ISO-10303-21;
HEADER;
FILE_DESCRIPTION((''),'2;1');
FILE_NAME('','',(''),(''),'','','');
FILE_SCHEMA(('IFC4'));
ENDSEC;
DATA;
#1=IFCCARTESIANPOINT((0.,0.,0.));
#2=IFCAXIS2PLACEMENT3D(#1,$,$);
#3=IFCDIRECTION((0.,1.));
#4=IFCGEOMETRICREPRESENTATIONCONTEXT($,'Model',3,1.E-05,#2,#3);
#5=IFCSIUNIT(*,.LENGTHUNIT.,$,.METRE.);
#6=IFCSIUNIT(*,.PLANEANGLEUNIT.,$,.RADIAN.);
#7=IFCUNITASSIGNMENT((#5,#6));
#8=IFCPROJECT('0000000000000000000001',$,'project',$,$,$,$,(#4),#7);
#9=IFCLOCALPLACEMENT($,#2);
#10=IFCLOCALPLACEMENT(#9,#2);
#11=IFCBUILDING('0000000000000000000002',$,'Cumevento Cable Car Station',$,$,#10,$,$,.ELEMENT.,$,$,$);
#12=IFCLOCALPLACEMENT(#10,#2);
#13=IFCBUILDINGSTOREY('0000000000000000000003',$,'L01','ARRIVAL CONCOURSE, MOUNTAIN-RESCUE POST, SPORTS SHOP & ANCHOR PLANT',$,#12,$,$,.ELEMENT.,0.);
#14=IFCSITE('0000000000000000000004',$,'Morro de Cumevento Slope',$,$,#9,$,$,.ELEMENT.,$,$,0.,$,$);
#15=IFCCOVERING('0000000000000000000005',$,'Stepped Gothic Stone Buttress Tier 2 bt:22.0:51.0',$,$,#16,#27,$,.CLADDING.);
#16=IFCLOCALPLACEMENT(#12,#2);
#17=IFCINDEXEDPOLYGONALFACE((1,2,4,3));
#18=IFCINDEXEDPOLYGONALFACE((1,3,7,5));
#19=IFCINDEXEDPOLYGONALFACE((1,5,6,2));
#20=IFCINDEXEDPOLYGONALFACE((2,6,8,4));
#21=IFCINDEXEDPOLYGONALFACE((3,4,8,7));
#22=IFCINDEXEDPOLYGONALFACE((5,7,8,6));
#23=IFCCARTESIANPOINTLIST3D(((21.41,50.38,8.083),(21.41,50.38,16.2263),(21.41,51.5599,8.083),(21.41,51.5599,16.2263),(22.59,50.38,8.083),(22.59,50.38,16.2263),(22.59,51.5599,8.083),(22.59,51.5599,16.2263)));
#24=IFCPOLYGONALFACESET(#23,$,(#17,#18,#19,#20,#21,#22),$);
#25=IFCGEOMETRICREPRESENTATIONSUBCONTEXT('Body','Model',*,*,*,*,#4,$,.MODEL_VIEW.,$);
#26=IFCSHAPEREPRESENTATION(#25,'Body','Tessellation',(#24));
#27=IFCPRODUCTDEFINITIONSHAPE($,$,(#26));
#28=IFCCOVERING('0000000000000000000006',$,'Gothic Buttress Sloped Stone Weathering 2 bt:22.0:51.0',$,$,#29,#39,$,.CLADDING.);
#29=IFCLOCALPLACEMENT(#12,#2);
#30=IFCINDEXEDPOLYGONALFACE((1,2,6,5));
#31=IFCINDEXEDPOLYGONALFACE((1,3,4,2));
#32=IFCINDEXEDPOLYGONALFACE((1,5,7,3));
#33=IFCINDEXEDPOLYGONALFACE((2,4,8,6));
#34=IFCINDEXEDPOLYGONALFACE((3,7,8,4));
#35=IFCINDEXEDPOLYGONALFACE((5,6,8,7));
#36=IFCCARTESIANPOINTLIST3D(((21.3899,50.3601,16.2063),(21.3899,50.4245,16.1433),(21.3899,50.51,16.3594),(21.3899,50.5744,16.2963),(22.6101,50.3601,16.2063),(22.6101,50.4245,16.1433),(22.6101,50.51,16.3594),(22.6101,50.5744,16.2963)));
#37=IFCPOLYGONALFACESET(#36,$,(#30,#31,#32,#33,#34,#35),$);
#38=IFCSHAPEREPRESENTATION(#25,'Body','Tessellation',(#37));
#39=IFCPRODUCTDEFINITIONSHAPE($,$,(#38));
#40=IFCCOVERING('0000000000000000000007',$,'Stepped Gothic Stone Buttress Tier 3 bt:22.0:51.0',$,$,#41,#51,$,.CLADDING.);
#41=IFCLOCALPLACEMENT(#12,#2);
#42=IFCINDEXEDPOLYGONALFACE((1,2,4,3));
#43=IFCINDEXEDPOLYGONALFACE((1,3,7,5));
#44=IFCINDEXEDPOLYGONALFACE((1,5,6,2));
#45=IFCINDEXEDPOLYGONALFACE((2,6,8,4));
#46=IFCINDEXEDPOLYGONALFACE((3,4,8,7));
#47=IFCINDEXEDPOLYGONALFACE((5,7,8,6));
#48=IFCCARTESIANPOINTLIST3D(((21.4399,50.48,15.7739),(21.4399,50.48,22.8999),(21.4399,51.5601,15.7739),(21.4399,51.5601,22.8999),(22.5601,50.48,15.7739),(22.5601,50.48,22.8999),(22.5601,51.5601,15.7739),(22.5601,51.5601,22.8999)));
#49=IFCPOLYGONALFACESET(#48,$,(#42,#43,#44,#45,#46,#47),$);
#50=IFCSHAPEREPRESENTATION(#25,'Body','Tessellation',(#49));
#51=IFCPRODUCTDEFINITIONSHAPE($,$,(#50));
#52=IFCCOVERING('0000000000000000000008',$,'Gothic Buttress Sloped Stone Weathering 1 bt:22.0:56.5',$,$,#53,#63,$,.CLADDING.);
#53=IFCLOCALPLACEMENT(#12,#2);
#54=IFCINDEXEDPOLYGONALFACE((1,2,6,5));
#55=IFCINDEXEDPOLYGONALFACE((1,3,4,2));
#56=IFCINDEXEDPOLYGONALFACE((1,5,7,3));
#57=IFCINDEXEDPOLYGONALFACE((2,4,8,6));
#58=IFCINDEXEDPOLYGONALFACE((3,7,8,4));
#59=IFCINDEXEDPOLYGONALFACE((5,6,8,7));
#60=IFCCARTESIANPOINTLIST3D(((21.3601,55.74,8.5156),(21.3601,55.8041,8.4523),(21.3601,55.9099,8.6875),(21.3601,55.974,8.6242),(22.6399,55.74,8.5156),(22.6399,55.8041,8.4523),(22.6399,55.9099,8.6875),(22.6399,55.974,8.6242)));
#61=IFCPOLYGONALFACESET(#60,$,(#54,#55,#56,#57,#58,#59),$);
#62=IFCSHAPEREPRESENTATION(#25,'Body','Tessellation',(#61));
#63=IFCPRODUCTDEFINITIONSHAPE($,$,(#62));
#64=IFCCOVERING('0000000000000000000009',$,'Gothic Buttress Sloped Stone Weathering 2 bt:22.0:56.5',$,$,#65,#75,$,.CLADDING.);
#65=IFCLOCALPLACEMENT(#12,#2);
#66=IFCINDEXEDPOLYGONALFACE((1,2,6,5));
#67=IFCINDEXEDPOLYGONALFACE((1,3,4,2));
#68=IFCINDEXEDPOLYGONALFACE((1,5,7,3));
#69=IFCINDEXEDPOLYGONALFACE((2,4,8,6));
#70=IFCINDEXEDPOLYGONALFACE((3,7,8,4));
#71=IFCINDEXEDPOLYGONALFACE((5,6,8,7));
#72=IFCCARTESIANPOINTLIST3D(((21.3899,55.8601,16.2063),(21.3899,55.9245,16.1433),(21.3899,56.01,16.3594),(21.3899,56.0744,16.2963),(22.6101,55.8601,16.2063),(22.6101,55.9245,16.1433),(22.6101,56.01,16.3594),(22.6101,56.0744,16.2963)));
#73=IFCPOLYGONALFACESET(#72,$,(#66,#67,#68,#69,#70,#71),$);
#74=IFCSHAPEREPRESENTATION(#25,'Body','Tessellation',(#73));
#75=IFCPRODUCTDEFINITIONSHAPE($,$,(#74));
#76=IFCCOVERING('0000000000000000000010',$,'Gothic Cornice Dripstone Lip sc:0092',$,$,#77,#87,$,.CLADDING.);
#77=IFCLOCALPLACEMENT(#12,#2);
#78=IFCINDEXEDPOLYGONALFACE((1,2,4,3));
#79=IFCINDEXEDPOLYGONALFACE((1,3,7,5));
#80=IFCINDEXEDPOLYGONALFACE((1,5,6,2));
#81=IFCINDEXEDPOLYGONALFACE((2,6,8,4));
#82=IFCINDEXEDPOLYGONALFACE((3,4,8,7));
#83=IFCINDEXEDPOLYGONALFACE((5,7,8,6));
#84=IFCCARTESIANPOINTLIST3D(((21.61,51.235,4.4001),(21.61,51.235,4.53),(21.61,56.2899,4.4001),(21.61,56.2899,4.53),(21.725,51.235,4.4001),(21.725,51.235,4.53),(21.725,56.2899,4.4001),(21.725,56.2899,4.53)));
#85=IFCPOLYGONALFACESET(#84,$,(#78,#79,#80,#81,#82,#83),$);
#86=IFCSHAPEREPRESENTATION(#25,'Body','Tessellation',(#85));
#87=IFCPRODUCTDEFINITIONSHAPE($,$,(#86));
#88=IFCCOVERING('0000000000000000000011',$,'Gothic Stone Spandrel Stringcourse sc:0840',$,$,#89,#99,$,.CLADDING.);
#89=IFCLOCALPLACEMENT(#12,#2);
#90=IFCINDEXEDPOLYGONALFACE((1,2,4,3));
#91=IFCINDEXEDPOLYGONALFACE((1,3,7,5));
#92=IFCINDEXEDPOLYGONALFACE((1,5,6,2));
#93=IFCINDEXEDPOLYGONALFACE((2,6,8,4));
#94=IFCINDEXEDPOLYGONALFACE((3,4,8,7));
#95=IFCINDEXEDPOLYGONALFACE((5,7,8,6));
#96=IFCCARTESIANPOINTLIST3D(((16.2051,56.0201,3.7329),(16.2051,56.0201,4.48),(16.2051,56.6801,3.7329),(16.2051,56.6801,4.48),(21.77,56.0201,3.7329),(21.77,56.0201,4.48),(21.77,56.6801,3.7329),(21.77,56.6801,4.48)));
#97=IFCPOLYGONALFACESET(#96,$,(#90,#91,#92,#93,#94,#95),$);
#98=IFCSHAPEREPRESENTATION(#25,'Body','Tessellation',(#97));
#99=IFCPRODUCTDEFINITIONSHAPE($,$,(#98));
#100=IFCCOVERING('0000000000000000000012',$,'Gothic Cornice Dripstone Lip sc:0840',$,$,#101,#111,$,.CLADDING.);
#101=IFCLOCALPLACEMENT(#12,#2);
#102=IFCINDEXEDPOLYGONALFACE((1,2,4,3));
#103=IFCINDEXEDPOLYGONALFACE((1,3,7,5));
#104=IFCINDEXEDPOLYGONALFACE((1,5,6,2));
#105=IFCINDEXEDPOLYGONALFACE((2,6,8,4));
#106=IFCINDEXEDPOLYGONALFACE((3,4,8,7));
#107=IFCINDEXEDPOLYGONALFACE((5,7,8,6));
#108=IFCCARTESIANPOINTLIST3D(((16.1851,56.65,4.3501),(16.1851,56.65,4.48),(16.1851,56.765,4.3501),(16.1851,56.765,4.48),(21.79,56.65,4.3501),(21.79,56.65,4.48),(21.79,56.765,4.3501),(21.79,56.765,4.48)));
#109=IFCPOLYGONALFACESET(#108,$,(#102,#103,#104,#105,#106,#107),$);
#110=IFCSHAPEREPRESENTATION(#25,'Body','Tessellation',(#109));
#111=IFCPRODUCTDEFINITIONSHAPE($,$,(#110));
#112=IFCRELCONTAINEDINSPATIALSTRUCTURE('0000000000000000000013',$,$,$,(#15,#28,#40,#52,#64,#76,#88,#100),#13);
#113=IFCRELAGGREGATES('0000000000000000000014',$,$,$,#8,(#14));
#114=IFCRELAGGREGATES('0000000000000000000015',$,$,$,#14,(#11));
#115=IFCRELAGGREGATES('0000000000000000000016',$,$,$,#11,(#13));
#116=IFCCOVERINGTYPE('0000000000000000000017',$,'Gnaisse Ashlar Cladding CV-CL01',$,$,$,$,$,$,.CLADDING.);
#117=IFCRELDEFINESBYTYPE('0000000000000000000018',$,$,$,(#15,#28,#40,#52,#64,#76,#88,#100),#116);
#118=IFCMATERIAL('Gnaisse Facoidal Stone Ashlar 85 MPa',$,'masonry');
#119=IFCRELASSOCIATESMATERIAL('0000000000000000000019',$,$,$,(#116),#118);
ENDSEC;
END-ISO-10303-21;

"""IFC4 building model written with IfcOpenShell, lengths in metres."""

from ifc_helpers import new_model, si_unit, direction, frame, origin, origin_2d, place, context, subcontext, project, spatial, polyline, rectangle, outline, extrude, material, type_object, element, save


model = new_model("IFC4")

# Units and contexts
model_context = context("Model", 3, precision=1e-05, world=origin(), true_north=direction((0.0, 1.0)))
body_context = subcontext(model_context, "Body", "Model", "MODEL_VIEW")
ifc_project = project(units=[si_unit("LENGTHUNIT", "METRE"), si_unit("PLANEANGLEUNIT", "RADIAN")], contexts=[model_context])

# Site, building, storey
site_placement = place(None, origin())
site = spatial("IfcSite", under=ifc_project, at=site_placement, Name="Morro de Cumevento Slope", CompositionType="ELEMENT", RefElevation=0.0)
building_placement = place(site_placement, origin())
building = spatial("IfcBuilding", under=site, at=building_placement, Name="Cumevento Cable Car Station", CompositionType="ELEMENT")
storey_placement = place(building_placement, origin())
storey = spatial("IfcBuildingStorey", under=building, at=storey_placement, Name="L01", Description="ARRIVAL CONCOURSE, MOUNTAIN-RESCUE POST, SPORTS SHOP & ANCHOR PLANT", CompositionType="ELEMENT", Elevation=0.0)

# Coverings
ifc_material_1 = material(Name="Gnaisse Facoidal Stone Ashlar 85 MPa", Category="masonry")
covering_type = type_object("IfcCoveringType", Name="Gnaisse Ashlar Cladding CV-CL01", PredefinedType="CLADDING", material=ifc_material_1)
covering_1_placement = place(storey_placement, frame((22.0, 50.97, 8.083), z_axis=(0.0, 0.0, 1.0), x_axis=(1.0, 0.0, 0.0)))
element("IfcCovering", 1, at=covering_1_placement, inside=storey, type_object=covering_type, Name="Stepped Gothic Stone Buttress Tier 2 bt:22.0:51.0", PredefinedType="CLADDING", context=body_context, shape_type="SweptSolid", body=[
    extrude(rectangle(XDim=1.1799, YDim=1.1799, at=origin_2d()), origin(), (0.0, 0.0, 1.0), 8.1433),
])
covering_2_placement = place(storey_placement, frame((21.3899, 50.3601, 16.2063), z_axis=(0.0, -0.714475, 0.699661), x_axis=(1.0, 0.0, 0.0)))
element("IfcCovering", 2, at=covering_2_placement, inside=storey, type_object=covering_type, Name="Gothic Buttress Sloped Stone Weathering 2 bt:22.0:51.0", PredefinedType="CLADDING", context=body_context, shape_type="SweptSolid", body=[
    extrude(outline(polyline([(0.0, 0.0), (1.2202, 0.0), (1.2202, 0.2142), (0.0, 0.2142), (0.0, 0.0)])), origin(), (0.0, 0.0, -1.0), 0.0901),
])
covering_3_placement = place(storey_placement, frame((22.0, 51.02, 15.7739), z_axis=(0.0, 0.0, 1.0), x_axis=(1.0, 0.0, 0.0)))
element("IfcCovering", 3, at=covering_3_placement, inside=storey, type_object=covering_type, Name="Stepped Gothic Stone Buttress Tier 3 bt:22.0:51.0", PredefinedType="CLADDING", context=body_context, shape_type="SweptSolid", body=[
    extrude(rectangle(XDim=1.1201, YDim=1.0801, at=origin_2d()), origin(), (0.0, 0.0, 1.0), 7.126),
])
covering_4_placement = place(storey_placement, frame((21.3601, 55.74, 8.5156), z_axis=(0.0, -0.711136, 0.703055), x_axis=(1.0, 0.0, 0.0)))
element("IfcCovering", 4, at=covering_4_placement, inside=storey, type_object=covering_type, Name="Gothic Buttress Sloped Stone Weathering 1 bt:22.0:56.5", PredefinedType="CLADDING", context=body_context, shape_type="SweptSolid", body=[
    extrude(outline(polyline([(0.0, 0.0), (1.2798, 0.0), (1.2798, 0.2417), (0.0, 0.2417), (0.0, 0.0)])), origin(), (0.0, 0.0, -1.0), 0.0901),
])
covering_5_placement = place(storey_placement, frame((21.3899, 55.8601, 16.2063), z_axis=(0.0, -0.714475, 0.699661), x_axis=(1.0, 0.0, 0.0)))
element("IfcCovering", 5, at=covering_5_placement, inside=storey, type_object=covering_type, Name="Gothic Buttress Sloped Stone Weathering 2 bt:22.0:56.5", PredefinedType="CLADDING", context=body_context, shape_type="SweptSolid", body=[
    extrude(outline(polyline([(0.0, 0.0), (1.2202, 0.0), (1.2202, 0.2142), (0.0, 0.2142), (0.0, 0.0)])), origin(), (0.0, 0.0, -1.0), 0.0901),
])
covering_6_placement = place(storey_placement, frame((21.6675, 53.7625, 4.4001), z_axis=(0.0, 0.0, 1.0), x_axis=(0.0, 1.0, 0.0)))
element("IfcCovering", 6, at=covering_6_placement, inside=storey, type_object=covering_type, Name="Gothic Cornice Dripstone Lip sc:0092", PredefinedType="CLADDING", context=body_context, shape_type="SweptSolid", body=[
    extrude(rectangle(XDim=5.0549, YDim=0.115, at=origin_2d()), origin(), (0.0, 0.0, 1.0), 0.1299),
])
covering_7_placement = place(storey_placement, frame((18.9875, 56.3501, 3.7329), z_axis=(0.0, 0.0, 1.0), x_axis=(1.0, 0.0, 0.0)))
element("IfcCovering", 7, at=covering_7_placement, inside=storey, type_object=covering_type, Name="Gothic Stone Spandrel Stringcourse sc:0840", PredefinedType="CLADDING", context=body_context, shape_type="SweptSolid", body=[
    extrude(rectangle(XDim=5.5649, YDim=0.6599, at=origin_2d()), origin(), (0.0, 0.0, 1.0), 0.7471),
])
covering_8_placement = place(storey_placement, frame((18.9875, 56.7075, 4.3501), z_axis=(0.0, 0.0, 1.0), x_axis=(1.0, 0.0, 0.0)))
element("IfcCovering", 8, at=covering_8_placement, inside=storey, type_object=covering_type, Name="Gothic Cornice Dripstone Lip sc:0840", PredefinedType="CLADDING", context=body_context, shape_type="SweptSolid", body=[
    extrude(rectangle(XDim=5.605, YDim=0.115, at=origin_2d()), origin(), (0.0, 0.0, 1.0), 0.1299),
])

save(model, "model.ifc")
